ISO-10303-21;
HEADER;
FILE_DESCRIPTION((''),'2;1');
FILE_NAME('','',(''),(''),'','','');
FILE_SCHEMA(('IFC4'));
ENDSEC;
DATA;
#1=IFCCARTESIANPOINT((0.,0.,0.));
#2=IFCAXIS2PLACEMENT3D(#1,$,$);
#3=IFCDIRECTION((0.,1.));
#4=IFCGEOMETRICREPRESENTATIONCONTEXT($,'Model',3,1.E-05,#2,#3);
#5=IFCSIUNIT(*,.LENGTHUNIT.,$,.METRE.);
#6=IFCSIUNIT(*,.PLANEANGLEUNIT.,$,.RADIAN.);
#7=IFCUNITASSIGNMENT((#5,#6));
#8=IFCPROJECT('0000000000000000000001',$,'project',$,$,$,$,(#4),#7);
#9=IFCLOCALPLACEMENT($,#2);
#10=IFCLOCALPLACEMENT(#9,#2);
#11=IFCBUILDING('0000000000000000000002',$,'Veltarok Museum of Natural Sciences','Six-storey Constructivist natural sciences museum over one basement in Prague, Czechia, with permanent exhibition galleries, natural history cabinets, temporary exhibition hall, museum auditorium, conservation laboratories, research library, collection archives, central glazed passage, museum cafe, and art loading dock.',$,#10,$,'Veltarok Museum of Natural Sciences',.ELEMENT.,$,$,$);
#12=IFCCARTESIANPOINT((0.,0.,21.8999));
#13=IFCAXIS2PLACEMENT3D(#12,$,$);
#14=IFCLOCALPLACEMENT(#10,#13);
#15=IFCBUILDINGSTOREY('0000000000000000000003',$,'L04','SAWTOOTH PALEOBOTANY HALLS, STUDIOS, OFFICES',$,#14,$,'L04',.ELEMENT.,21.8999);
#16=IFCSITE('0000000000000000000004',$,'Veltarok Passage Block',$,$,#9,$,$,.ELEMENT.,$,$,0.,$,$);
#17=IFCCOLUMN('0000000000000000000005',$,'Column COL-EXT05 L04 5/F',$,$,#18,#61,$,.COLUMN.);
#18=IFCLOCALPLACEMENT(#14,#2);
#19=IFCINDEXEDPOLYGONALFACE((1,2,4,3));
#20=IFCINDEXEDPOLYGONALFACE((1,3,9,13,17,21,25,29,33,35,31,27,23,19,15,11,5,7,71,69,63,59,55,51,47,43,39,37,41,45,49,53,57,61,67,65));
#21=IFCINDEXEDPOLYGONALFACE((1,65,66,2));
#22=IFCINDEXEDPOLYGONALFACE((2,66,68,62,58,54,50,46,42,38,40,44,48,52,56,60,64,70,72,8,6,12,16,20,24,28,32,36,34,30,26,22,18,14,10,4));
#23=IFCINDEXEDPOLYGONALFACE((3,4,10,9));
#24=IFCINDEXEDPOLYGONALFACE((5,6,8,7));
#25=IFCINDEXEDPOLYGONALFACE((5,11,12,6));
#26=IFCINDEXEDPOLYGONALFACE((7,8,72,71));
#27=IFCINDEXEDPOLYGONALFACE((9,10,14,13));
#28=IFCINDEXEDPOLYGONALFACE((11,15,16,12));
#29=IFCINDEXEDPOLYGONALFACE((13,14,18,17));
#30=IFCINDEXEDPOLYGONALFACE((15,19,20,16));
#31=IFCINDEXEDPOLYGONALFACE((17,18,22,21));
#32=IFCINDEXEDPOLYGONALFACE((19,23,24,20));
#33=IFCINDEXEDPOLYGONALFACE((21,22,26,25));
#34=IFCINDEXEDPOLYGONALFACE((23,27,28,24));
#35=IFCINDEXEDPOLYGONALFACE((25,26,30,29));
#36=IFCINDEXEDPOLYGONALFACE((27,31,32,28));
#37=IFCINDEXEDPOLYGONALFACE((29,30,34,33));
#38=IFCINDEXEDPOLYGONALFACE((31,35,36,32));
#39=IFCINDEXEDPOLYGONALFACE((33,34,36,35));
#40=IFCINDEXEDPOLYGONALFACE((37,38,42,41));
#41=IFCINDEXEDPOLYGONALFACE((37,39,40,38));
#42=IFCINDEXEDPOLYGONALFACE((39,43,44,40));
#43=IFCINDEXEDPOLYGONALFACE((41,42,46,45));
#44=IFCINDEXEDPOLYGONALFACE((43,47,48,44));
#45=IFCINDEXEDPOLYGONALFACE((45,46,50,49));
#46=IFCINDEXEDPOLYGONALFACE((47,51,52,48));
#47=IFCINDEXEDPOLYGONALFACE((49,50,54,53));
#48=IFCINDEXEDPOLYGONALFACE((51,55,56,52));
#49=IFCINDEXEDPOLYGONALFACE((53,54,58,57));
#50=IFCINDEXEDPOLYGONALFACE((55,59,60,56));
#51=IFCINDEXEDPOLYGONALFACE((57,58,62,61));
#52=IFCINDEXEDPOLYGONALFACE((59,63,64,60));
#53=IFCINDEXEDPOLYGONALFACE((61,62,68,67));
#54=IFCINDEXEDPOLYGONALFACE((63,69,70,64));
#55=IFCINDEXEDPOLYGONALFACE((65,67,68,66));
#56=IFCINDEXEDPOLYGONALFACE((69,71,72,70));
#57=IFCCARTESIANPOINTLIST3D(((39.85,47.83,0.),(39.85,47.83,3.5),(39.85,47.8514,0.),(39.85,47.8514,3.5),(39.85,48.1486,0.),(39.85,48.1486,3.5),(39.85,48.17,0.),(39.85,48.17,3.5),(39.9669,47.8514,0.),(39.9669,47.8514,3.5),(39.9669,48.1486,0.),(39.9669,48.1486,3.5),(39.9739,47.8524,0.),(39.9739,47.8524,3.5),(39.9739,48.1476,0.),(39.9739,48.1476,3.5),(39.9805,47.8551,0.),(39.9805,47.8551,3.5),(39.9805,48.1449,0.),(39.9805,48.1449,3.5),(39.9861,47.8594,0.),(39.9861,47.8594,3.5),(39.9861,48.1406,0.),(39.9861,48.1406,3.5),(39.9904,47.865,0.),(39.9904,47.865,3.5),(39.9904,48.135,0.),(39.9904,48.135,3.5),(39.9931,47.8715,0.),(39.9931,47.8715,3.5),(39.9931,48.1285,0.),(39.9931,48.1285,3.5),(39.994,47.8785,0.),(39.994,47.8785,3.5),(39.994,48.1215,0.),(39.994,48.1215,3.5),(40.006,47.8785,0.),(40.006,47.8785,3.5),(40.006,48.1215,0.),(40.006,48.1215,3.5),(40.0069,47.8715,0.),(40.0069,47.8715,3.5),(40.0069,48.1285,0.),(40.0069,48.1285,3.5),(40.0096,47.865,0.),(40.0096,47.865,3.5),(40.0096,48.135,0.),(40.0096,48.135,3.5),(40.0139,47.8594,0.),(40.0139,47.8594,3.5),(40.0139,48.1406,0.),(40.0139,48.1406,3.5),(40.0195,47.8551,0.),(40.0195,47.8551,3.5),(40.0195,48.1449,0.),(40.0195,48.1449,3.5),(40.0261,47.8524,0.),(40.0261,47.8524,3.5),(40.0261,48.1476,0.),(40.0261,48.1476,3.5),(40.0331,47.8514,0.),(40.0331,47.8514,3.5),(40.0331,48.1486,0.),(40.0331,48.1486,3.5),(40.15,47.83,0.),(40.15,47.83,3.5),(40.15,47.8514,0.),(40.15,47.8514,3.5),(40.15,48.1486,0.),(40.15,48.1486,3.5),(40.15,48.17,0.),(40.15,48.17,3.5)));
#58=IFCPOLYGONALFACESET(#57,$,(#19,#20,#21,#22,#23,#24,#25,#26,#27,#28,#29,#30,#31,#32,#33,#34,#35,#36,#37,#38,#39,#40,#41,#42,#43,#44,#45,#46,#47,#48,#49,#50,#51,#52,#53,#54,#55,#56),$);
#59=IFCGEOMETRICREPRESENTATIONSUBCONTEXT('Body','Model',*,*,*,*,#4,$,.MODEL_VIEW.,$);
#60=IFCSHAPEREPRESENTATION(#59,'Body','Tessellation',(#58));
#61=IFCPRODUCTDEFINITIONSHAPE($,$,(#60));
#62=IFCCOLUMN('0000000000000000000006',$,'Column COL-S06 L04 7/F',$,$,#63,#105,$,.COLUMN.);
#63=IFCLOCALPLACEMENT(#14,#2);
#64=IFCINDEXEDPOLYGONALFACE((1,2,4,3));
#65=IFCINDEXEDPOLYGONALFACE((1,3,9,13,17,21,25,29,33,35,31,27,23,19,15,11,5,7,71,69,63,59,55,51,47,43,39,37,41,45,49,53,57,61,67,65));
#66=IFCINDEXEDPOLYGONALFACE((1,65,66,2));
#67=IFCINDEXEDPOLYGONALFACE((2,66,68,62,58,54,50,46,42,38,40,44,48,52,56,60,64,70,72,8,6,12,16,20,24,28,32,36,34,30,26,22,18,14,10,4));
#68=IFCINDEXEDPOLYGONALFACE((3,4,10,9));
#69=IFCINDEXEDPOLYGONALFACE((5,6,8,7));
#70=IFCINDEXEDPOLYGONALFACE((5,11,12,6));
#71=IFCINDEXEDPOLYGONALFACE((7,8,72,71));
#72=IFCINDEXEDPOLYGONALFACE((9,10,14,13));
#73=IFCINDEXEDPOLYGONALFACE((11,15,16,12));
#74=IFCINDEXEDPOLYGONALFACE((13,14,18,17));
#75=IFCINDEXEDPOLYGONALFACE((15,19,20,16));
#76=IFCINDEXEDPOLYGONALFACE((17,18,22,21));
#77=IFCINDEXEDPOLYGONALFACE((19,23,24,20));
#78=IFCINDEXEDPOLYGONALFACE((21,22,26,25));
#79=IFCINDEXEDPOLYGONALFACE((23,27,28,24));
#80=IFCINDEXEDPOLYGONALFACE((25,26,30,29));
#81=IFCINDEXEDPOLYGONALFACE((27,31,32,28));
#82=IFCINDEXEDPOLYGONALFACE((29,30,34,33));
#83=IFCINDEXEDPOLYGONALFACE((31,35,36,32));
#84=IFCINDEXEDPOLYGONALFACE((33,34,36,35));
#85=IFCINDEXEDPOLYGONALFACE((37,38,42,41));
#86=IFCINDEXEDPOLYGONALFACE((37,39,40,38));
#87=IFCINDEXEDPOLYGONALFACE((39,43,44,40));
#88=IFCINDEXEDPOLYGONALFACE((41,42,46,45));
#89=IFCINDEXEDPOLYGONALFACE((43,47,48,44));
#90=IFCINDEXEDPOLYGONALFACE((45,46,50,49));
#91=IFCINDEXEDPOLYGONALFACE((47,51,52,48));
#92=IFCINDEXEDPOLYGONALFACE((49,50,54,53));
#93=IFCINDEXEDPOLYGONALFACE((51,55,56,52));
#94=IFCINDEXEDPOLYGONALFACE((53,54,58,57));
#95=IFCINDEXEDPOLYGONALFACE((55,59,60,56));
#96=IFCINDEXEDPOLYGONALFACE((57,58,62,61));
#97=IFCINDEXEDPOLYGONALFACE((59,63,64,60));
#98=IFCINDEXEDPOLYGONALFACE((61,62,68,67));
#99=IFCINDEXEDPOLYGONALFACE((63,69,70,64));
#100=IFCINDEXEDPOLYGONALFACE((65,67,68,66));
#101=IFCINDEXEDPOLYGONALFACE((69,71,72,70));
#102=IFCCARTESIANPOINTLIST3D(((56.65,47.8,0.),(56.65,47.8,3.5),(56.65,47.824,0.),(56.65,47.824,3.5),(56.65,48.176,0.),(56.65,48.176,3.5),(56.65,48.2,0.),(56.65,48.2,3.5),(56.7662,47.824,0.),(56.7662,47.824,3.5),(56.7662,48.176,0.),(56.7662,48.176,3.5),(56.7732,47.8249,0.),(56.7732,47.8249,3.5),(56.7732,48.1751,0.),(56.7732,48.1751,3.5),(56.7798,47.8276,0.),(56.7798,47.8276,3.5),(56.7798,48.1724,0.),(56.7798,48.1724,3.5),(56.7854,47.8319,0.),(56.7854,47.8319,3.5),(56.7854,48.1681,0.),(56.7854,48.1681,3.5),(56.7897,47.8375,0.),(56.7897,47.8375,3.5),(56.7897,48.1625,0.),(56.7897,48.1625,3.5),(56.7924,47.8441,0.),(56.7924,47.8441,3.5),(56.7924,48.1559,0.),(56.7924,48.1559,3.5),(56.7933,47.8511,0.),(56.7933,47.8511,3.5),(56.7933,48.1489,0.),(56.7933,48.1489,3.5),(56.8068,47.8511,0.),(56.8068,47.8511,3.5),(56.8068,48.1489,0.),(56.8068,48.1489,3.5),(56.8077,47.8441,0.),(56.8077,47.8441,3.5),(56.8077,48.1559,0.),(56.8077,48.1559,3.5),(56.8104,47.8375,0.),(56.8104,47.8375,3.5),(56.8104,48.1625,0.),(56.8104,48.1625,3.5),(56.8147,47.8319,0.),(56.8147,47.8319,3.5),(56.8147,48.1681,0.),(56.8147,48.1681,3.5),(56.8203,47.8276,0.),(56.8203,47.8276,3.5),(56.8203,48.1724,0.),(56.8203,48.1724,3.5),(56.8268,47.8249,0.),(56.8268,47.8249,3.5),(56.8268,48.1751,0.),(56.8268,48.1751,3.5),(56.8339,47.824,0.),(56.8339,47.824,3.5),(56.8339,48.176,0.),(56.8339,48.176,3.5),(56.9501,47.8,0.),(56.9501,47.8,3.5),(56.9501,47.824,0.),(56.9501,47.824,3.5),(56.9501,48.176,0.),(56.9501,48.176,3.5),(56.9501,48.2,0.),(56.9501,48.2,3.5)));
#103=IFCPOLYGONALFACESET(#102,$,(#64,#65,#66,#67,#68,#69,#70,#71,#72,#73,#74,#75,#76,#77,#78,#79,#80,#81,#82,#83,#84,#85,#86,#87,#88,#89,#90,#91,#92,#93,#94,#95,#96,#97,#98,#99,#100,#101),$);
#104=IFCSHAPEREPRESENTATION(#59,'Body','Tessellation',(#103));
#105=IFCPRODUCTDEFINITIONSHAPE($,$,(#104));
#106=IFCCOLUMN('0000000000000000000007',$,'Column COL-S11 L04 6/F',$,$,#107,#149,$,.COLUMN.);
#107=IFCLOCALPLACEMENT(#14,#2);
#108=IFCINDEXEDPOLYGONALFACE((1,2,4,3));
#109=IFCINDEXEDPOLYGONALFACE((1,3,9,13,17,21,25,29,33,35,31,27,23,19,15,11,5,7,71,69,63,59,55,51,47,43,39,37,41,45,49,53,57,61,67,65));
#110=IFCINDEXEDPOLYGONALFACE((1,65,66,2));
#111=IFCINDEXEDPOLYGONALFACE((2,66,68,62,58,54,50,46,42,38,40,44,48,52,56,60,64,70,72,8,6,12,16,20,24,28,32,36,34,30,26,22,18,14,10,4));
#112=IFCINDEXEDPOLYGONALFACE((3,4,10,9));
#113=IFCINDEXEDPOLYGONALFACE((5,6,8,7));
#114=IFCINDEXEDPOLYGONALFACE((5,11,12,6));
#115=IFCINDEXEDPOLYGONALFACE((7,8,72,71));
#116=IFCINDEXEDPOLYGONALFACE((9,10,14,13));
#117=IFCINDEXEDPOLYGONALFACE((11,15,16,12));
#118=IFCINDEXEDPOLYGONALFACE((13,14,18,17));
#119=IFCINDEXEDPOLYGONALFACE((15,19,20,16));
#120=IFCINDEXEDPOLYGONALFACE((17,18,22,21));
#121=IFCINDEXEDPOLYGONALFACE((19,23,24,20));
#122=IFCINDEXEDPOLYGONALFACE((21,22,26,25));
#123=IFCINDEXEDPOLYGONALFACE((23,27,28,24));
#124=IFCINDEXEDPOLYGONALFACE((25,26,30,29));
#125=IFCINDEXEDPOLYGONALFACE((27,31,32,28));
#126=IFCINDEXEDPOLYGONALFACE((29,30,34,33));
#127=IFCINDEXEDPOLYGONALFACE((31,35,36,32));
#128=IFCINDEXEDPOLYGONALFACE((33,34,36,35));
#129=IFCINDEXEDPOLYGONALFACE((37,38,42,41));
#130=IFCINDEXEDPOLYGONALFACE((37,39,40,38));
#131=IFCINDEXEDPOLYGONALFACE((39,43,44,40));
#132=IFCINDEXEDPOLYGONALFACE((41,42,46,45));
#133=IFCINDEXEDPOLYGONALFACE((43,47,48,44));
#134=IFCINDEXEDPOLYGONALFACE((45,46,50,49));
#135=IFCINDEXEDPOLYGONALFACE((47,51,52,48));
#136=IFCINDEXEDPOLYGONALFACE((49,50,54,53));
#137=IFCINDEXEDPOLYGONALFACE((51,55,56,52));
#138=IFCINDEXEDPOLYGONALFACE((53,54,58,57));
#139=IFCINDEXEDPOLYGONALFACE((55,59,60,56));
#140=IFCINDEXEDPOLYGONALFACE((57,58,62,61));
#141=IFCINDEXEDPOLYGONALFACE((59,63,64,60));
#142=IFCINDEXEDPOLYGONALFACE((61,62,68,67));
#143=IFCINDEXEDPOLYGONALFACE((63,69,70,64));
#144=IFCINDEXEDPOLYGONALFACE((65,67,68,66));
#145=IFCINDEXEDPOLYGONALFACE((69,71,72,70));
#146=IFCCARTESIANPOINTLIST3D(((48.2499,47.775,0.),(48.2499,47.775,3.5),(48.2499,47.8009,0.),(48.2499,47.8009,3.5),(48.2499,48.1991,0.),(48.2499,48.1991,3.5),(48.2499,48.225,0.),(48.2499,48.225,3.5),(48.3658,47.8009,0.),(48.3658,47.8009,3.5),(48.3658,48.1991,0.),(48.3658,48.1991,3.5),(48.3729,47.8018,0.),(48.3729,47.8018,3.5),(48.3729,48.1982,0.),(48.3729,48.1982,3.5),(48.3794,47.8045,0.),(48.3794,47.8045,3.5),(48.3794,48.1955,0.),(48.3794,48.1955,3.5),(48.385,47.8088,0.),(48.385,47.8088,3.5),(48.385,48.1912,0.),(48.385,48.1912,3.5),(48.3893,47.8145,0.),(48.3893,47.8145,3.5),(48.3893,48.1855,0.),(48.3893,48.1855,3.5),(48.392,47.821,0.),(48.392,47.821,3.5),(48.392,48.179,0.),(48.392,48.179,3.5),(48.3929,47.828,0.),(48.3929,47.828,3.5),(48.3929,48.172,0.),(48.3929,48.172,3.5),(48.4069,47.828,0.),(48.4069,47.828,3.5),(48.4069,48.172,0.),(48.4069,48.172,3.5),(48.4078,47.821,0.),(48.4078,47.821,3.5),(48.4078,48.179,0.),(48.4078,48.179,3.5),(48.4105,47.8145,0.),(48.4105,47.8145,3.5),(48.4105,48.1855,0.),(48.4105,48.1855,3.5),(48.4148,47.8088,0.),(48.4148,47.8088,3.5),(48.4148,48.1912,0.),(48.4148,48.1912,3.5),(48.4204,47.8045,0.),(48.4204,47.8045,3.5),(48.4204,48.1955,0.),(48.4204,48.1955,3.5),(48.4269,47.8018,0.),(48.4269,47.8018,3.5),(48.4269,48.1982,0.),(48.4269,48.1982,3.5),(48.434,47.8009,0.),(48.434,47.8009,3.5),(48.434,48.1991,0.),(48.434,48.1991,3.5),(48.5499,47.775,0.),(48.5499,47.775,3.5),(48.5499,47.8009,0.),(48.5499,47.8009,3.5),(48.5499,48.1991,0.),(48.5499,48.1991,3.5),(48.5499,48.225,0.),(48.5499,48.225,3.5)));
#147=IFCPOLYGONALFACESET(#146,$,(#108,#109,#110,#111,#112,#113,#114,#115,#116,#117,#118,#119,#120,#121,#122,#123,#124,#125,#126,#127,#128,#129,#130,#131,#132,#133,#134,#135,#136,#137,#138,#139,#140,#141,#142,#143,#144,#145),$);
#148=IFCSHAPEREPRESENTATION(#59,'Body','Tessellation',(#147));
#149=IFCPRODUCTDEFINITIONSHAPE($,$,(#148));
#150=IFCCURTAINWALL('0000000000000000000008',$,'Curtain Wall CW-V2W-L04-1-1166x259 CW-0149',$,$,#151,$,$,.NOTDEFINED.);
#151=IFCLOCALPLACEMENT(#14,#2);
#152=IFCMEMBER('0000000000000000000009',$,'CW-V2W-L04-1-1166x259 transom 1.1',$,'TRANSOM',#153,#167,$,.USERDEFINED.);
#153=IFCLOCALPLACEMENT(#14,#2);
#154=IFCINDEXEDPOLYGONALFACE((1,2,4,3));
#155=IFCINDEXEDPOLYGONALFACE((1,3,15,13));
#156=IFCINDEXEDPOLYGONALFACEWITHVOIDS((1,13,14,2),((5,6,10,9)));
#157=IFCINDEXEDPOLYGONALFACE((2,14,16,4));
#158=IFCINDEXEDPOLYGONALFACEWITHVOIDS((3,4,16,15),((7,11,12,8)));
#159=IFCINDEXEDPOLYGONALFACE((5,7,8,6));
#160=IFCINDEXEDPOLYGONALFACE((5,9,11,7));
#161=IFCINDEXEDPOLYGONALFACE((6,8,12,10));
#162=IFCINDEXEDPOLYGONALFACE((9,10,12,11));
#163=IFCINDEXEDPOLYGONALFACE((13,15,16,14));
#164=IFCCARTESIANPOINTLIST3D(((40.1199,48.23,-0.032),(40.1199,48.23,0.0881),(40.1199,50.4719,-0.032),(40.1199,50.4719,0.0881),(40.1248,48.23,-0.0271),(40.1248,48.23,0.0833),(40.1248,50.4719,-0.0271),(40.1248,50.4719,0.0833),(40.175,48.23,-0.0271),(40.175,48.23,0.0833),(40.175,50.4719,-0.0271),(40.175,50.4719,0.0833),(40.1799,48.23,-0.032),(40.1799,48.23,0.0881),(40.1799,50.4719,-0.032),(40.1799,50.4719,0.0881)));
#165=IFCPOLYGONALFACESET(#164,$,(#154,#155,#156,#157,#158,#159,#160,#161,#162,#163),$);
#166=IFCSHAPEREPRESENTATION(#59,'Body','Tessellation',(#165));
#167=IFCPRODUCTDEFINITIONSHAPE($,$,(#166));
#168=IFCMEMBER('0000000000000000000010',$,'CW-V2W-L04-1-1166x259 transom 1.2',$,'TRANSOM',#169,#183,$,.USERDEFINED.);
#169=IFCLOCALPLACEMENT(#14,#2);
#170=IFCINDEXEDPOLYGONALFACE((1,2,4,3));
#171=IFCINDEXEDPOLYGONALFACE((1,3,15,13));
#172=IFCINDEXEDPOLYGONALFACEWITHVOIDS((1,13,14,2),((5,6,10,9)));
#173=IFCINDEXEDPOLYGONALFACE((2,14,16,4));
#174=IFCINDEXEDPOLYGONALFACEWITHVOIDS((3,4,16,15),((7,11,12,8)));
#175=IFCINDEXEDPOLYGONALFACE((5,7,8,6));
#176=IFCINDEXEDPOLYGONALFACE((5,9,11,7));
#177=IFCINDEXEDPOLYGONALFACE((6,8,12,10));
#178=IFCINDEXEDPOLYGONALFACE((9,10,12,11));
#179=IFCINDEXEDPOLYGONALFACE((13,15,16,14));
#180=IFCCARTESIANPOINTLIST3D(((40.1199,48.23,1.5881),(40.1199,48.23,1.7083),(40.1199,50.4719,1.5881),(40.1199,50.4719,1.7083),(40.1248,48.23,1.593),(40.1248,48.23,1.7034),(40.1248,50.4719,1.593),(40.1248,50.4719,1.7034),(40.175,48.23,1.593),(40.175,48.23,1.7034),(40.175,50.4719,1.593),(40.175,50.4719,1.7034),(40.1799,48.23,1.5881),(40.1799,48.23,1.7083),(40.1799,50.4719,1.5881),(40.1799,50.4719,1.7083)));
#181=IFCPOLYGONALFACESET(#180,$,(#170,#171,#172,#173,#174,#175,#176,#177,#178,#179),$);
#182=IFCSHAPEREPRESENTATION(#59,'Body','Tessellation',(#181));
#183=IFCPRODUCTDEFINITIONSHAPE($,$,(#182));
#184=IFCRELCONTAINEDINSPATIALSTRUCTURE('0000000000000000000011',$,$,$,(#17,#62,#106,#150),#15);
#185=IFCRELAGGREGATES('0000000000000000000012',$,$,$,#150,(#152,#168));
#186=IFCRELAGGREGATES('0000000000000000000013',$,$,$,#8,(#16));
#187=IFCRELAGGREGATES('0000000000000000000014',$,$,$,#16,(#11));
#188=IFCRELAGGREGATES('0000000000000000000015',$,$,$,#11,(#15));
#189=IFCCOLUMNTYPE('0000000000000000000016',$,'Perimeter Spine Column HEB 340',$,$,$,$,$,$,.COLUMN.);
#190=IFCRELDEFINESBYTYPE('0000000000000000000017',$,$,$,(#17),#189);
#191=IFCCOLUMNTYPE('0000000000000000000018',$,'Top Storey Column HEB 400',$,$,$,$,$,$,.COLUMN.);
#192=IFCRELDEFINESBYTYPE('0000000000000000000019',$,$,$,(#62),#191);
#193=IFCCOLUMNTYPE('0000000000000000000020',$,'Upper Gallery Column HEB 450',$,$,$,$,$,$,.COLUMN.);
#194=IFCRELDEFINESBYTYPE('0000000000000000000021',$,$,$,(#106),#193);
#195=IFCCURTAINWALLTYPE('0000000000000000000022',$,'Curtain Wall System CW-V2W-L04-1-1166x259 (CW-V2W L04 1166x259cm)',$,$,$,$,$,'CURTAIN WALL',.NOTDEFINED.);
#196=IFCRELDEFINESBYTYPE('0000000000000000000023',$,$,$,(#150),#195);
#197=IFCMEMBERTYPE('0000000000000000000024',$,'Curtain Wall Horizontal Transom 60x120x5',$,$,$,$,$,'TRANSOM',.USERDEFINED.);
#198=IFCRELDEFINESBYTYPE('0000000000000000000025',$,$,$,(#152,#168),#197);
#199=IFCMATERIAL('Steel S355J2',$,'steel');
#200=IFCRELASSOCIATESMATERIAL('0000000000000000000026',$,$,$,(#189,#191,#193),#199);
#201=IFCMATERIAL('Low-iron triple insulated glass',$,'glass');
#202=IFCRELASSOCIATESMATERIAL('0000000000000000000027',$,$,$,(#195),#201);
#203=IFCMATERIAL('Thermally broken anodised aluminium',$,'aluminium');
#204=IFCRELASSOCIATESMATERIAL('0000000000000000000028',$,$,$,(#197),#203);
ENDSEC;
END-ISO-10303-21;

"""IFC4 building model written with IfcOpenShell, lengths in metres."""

from ifc_helpers import new_model, si_unit, direction, frame, origin, origin_2d, place, context, subcontext, project, spatial, hollow_rectangle, i_section, extrude, material, material_profile, profile_set, type_object, element, aggregate, save


model = new_model("IFC4")

# Units and contexts
model_context = context("Model", 3, precision=1e-05, world=origin(), true_north=direction((0.0, 1.0)))
body_context = subcontext(model_context, "Body", "Model", "MODEL_VIEW")
ifc_project = project(units=[si_unit("LENGTHUNIT", "METRE"), si_unit("PLANEANGLEUNIT", "RADIAN")], contexts=[model_context])

# Site, building, storey
site_placement = place(None, origin())
site = spatial("IfcSite", under=ifc_project, at=site_placement, Name="Veltarok Passage Block", CompositionType="ELEMENT", RefElevation=0.0)
building_placement = place(site_placement, origin())
building = spatial("IfcBuilding", under=site, at=building_placement, Name="Veltarok Museum of Natural Sciences", Description="Six-storey Constructivist natural sciences museum over one basement in Prague, Czechia, with permanent exhibition galleries, natural history cabinets, temporary exhibition hall, museum auditorium, conservation laboratories, research library, collection archives, central glazed passage, museum cafe, and art loading dock.", LongName="Veltarok Museum of Natural Sciences", CompositionType="ELEMENT")
storey_placement = place(building_placement, frame((0.0, 0.0, 21.8999)))
storey = spatial("IfcBuildingStorey", under=building, at=storey_placement, Name="L04", Description="SAWTOOTH PALEOBOTANY HALLS, STUDIOS, OFFICES", LongName="L04", CompositionType="ELEMENT", Elevation=21.8999)

# Columns
ifc_material_1 = material(Name="Steel S355J2", Category="steel")
ifc_material_profile_1 = material_profile(ifc_material_1, i_section(OverallWidth=0.3, OverallDepth=0.3401, WebThickness=0.012, FlangeThickness=0.0215, FilletRadius=0.0271, at=origin_2d()), Name="HEB 340")
ifc_profile_set_1 = profile_set([ifc_material_profile_1], Name="Steel S355J2")
column_type_1 = type_object("IfcColumnType", Name="Perimeter Spine Column HEB 340", PredefinedType="COLUMN", material=ifc_profile_set_1)
column_1_placement = place(storey_placement, frame((40.0, 48.0, 0.0), z_axis=(0.0, 0.0, 1.0), x_axis=(1.0, 0.0, 0.0)))
element("IfcColumn", 1, at=column_1_placement, inside=storey, type_object=column_type_1, Name="Column COL-EXT05 L04 5/F", PredefinedType="COLUMN", context=body_context, shape_type="SweptSolid", body=[
    extrude(i_section(OverallWidth=0.3, OverallDepth=0.3401, WebThickness=0.012, FlangeThickness=0.0215, FilletRadius=0.0271, at=origin_2d()), origin(), (0.0, 0.0, 1.0), 3.5),
])
ifc_material_profile_2 = material_profile(ifc_material_1, i_section(OverallWidth=0.3, OverallDepth=0.3999, WebThickness=0.0134, FlangeThickness=0.0239, FilletRadius=0.0271, at=origin_2d()), Name="HEB 400")
ifc_profile_set_2 = profile_set([ifc_material_profile_2], Name="Steel S355J2")
column_type_2 = type_object("IfcColumnType", Name="Top Storey Column HEB 400", PredefinedType="COLUMN", material=ifc_profile_set_2)
column_2_placement = place(storey_placement, frame((56.8, 48.0, 0.0), z_axis=(0.0, 0.0, 1.0), x_axis=(1.0, 0.0, 0.0)))
element("IfcColumn", 2, at=column_2_placement, inside=storey, type_object=column_type_2, Name="Column COL-S06 L04 7/F", PredefinedType="COLUMN", context=body_context, shape_type="SweptSolid", body=[
    extrude(i_section(OverallWidth=0.3, OverallDepth=0.3999, WebThickness=0.0134, FlangeThickness=0.0239, FilletRadius=0.0271, at=origin_2d()), origin(), (0.0, 0.0, 1.0), 3.5),
])
ifc_material_profile_3 = material_profile(ifc_material_1, i_section(OverallWidth=0.3, OverallDepth=0.45, WebThickness=0.0139, FlangeThickness=0.0259, FilletRadius=0.0271, at=origin_2d()), Name="HEB 450")
ifc_profile_set_3 = profile_set([ifc_material_profile_3], Name="Steel S355J2")
column_type_3 = type_object("IfcColumnType", Name="Upper Gallery Column HEB 450", PredefinedType="COLUMN", material=ifc_profile_set_3)
column_3_placement = place(storey_placement, frame((48.3999, 48.0, 0.0), z_axis=(0.0, 0.0, 1.0), x_axis=(1.0, 0.0, 0.0)))
element("IfcColumn", 3, at=column_3_placement, inside=storey, type_object=column_type_3, Name="Column COL-S11 L04 6/F", PredefinedType="COLUMN", context=body_context, shape_type="SweptSolid", body=[
    extrude(i_section(OverallWidth=0.3, OverallDepth=0.45, WebThickness=0.0139, FlangeThickness=0.0259, FilletRadius=0.0271, at=origin_2d()), origin(), (0.0, 0.0, 1.0), 3.5),
])

# Curtain wall, members
ifc_material_2 = material(Name="Low-iron triple insulated glass", Category="glass")
curtain_wall_type_1 = type_object("IfcCurtainWallType", Name="Curtain Wall System CW-V2W-L04-1-1166x259 (CW-V2W L04 1166x259cm)", ElementType="CURTAIN WALL", PredefinedType="NOTDEFINED", material=ifc_material_2)
curtain_wall_1_placement = place(storey_placement, origin())
curtain_wall_1 = element("IfcCurtainWall", 4, at=curtain_wall_1_placement, inside=storey, type_object=curtain_wall_type_1, Name="Curtain Wall CW-V2W-L04-1-1166x259 CW-0149", PredefinedType="NOTDEFINED")
ifc_material_3 = material(Name="Thermally broken anodised aluminium", Category="aluminium")
ifc_material_profile_4 = material_profile(ifc_material_3, hollow_rectangle(XDim=0.0601, YDim=0.1201, WallThickness=0.0049, at=origin_2d()), Name="CW TRANSOM 60x120x5")
ifc_profile_set_4 = profile_set([ifc_material_profile_4], Name="Thermally broken anodised aluminium")
member_type_1 = type_object("IfcMemberType", Name="Curtain Wall Horizontal Transom 60x120x5", ElementType="TRANSOM", PredefinedType="USERDEFINED", material=ifc_profile_set_4)
member_1_placement = place(storey_placement, frame((40.1499, 48.23, 0.0281), z_axis=(0.0, 1.0, 0.0), x_axis=(-1.0, 0.0, 0.0)))
member_1 = element("IfcMember", 5, at=member_1_placement, type_object=member_type_1, Name="CW-V2W-L04-1-1166x259 transom 1.1", ObjectType="TRANSOM", PredefinedType="USERDEFINED", context=body_context, shape_type="SweptSolid", body=[
    extrude(hollow_rectangle(XDim=0.0601, YDim=0.1201, WallThickness=0.0049, at=origin_2d()), origin(), (0.0, 0.0, 1.0), 2.2419),
])
member_2_placement = place(storey_placement, frame((40.1499, 48.23, 1.6482), z_axis=(0.0, 1.0, 0.0), x_axis=(-1.0, 0.0, 0.0)))
member_2 = element("IfcMember", 6, at=member_2_placement, type_object=member_type_1, Name="CW-V2W-L04-1-1166x259 transom 1.2", ObjectType="TRANSOM", PredefinedType="USERDEFINED", context=body_context, shape_type="SweptSolid", body=[
    extrude(hollow_rectangle(XDim=0.0601, YDim=0.1201, WallThickness=0.0049, at=origin_2d()), origin(), (0.0, 0.0, 1.0), 2.2419),
])

aggregate(curtain_wall_1, [member_1, member_2])

save(model, "model.ifc")
